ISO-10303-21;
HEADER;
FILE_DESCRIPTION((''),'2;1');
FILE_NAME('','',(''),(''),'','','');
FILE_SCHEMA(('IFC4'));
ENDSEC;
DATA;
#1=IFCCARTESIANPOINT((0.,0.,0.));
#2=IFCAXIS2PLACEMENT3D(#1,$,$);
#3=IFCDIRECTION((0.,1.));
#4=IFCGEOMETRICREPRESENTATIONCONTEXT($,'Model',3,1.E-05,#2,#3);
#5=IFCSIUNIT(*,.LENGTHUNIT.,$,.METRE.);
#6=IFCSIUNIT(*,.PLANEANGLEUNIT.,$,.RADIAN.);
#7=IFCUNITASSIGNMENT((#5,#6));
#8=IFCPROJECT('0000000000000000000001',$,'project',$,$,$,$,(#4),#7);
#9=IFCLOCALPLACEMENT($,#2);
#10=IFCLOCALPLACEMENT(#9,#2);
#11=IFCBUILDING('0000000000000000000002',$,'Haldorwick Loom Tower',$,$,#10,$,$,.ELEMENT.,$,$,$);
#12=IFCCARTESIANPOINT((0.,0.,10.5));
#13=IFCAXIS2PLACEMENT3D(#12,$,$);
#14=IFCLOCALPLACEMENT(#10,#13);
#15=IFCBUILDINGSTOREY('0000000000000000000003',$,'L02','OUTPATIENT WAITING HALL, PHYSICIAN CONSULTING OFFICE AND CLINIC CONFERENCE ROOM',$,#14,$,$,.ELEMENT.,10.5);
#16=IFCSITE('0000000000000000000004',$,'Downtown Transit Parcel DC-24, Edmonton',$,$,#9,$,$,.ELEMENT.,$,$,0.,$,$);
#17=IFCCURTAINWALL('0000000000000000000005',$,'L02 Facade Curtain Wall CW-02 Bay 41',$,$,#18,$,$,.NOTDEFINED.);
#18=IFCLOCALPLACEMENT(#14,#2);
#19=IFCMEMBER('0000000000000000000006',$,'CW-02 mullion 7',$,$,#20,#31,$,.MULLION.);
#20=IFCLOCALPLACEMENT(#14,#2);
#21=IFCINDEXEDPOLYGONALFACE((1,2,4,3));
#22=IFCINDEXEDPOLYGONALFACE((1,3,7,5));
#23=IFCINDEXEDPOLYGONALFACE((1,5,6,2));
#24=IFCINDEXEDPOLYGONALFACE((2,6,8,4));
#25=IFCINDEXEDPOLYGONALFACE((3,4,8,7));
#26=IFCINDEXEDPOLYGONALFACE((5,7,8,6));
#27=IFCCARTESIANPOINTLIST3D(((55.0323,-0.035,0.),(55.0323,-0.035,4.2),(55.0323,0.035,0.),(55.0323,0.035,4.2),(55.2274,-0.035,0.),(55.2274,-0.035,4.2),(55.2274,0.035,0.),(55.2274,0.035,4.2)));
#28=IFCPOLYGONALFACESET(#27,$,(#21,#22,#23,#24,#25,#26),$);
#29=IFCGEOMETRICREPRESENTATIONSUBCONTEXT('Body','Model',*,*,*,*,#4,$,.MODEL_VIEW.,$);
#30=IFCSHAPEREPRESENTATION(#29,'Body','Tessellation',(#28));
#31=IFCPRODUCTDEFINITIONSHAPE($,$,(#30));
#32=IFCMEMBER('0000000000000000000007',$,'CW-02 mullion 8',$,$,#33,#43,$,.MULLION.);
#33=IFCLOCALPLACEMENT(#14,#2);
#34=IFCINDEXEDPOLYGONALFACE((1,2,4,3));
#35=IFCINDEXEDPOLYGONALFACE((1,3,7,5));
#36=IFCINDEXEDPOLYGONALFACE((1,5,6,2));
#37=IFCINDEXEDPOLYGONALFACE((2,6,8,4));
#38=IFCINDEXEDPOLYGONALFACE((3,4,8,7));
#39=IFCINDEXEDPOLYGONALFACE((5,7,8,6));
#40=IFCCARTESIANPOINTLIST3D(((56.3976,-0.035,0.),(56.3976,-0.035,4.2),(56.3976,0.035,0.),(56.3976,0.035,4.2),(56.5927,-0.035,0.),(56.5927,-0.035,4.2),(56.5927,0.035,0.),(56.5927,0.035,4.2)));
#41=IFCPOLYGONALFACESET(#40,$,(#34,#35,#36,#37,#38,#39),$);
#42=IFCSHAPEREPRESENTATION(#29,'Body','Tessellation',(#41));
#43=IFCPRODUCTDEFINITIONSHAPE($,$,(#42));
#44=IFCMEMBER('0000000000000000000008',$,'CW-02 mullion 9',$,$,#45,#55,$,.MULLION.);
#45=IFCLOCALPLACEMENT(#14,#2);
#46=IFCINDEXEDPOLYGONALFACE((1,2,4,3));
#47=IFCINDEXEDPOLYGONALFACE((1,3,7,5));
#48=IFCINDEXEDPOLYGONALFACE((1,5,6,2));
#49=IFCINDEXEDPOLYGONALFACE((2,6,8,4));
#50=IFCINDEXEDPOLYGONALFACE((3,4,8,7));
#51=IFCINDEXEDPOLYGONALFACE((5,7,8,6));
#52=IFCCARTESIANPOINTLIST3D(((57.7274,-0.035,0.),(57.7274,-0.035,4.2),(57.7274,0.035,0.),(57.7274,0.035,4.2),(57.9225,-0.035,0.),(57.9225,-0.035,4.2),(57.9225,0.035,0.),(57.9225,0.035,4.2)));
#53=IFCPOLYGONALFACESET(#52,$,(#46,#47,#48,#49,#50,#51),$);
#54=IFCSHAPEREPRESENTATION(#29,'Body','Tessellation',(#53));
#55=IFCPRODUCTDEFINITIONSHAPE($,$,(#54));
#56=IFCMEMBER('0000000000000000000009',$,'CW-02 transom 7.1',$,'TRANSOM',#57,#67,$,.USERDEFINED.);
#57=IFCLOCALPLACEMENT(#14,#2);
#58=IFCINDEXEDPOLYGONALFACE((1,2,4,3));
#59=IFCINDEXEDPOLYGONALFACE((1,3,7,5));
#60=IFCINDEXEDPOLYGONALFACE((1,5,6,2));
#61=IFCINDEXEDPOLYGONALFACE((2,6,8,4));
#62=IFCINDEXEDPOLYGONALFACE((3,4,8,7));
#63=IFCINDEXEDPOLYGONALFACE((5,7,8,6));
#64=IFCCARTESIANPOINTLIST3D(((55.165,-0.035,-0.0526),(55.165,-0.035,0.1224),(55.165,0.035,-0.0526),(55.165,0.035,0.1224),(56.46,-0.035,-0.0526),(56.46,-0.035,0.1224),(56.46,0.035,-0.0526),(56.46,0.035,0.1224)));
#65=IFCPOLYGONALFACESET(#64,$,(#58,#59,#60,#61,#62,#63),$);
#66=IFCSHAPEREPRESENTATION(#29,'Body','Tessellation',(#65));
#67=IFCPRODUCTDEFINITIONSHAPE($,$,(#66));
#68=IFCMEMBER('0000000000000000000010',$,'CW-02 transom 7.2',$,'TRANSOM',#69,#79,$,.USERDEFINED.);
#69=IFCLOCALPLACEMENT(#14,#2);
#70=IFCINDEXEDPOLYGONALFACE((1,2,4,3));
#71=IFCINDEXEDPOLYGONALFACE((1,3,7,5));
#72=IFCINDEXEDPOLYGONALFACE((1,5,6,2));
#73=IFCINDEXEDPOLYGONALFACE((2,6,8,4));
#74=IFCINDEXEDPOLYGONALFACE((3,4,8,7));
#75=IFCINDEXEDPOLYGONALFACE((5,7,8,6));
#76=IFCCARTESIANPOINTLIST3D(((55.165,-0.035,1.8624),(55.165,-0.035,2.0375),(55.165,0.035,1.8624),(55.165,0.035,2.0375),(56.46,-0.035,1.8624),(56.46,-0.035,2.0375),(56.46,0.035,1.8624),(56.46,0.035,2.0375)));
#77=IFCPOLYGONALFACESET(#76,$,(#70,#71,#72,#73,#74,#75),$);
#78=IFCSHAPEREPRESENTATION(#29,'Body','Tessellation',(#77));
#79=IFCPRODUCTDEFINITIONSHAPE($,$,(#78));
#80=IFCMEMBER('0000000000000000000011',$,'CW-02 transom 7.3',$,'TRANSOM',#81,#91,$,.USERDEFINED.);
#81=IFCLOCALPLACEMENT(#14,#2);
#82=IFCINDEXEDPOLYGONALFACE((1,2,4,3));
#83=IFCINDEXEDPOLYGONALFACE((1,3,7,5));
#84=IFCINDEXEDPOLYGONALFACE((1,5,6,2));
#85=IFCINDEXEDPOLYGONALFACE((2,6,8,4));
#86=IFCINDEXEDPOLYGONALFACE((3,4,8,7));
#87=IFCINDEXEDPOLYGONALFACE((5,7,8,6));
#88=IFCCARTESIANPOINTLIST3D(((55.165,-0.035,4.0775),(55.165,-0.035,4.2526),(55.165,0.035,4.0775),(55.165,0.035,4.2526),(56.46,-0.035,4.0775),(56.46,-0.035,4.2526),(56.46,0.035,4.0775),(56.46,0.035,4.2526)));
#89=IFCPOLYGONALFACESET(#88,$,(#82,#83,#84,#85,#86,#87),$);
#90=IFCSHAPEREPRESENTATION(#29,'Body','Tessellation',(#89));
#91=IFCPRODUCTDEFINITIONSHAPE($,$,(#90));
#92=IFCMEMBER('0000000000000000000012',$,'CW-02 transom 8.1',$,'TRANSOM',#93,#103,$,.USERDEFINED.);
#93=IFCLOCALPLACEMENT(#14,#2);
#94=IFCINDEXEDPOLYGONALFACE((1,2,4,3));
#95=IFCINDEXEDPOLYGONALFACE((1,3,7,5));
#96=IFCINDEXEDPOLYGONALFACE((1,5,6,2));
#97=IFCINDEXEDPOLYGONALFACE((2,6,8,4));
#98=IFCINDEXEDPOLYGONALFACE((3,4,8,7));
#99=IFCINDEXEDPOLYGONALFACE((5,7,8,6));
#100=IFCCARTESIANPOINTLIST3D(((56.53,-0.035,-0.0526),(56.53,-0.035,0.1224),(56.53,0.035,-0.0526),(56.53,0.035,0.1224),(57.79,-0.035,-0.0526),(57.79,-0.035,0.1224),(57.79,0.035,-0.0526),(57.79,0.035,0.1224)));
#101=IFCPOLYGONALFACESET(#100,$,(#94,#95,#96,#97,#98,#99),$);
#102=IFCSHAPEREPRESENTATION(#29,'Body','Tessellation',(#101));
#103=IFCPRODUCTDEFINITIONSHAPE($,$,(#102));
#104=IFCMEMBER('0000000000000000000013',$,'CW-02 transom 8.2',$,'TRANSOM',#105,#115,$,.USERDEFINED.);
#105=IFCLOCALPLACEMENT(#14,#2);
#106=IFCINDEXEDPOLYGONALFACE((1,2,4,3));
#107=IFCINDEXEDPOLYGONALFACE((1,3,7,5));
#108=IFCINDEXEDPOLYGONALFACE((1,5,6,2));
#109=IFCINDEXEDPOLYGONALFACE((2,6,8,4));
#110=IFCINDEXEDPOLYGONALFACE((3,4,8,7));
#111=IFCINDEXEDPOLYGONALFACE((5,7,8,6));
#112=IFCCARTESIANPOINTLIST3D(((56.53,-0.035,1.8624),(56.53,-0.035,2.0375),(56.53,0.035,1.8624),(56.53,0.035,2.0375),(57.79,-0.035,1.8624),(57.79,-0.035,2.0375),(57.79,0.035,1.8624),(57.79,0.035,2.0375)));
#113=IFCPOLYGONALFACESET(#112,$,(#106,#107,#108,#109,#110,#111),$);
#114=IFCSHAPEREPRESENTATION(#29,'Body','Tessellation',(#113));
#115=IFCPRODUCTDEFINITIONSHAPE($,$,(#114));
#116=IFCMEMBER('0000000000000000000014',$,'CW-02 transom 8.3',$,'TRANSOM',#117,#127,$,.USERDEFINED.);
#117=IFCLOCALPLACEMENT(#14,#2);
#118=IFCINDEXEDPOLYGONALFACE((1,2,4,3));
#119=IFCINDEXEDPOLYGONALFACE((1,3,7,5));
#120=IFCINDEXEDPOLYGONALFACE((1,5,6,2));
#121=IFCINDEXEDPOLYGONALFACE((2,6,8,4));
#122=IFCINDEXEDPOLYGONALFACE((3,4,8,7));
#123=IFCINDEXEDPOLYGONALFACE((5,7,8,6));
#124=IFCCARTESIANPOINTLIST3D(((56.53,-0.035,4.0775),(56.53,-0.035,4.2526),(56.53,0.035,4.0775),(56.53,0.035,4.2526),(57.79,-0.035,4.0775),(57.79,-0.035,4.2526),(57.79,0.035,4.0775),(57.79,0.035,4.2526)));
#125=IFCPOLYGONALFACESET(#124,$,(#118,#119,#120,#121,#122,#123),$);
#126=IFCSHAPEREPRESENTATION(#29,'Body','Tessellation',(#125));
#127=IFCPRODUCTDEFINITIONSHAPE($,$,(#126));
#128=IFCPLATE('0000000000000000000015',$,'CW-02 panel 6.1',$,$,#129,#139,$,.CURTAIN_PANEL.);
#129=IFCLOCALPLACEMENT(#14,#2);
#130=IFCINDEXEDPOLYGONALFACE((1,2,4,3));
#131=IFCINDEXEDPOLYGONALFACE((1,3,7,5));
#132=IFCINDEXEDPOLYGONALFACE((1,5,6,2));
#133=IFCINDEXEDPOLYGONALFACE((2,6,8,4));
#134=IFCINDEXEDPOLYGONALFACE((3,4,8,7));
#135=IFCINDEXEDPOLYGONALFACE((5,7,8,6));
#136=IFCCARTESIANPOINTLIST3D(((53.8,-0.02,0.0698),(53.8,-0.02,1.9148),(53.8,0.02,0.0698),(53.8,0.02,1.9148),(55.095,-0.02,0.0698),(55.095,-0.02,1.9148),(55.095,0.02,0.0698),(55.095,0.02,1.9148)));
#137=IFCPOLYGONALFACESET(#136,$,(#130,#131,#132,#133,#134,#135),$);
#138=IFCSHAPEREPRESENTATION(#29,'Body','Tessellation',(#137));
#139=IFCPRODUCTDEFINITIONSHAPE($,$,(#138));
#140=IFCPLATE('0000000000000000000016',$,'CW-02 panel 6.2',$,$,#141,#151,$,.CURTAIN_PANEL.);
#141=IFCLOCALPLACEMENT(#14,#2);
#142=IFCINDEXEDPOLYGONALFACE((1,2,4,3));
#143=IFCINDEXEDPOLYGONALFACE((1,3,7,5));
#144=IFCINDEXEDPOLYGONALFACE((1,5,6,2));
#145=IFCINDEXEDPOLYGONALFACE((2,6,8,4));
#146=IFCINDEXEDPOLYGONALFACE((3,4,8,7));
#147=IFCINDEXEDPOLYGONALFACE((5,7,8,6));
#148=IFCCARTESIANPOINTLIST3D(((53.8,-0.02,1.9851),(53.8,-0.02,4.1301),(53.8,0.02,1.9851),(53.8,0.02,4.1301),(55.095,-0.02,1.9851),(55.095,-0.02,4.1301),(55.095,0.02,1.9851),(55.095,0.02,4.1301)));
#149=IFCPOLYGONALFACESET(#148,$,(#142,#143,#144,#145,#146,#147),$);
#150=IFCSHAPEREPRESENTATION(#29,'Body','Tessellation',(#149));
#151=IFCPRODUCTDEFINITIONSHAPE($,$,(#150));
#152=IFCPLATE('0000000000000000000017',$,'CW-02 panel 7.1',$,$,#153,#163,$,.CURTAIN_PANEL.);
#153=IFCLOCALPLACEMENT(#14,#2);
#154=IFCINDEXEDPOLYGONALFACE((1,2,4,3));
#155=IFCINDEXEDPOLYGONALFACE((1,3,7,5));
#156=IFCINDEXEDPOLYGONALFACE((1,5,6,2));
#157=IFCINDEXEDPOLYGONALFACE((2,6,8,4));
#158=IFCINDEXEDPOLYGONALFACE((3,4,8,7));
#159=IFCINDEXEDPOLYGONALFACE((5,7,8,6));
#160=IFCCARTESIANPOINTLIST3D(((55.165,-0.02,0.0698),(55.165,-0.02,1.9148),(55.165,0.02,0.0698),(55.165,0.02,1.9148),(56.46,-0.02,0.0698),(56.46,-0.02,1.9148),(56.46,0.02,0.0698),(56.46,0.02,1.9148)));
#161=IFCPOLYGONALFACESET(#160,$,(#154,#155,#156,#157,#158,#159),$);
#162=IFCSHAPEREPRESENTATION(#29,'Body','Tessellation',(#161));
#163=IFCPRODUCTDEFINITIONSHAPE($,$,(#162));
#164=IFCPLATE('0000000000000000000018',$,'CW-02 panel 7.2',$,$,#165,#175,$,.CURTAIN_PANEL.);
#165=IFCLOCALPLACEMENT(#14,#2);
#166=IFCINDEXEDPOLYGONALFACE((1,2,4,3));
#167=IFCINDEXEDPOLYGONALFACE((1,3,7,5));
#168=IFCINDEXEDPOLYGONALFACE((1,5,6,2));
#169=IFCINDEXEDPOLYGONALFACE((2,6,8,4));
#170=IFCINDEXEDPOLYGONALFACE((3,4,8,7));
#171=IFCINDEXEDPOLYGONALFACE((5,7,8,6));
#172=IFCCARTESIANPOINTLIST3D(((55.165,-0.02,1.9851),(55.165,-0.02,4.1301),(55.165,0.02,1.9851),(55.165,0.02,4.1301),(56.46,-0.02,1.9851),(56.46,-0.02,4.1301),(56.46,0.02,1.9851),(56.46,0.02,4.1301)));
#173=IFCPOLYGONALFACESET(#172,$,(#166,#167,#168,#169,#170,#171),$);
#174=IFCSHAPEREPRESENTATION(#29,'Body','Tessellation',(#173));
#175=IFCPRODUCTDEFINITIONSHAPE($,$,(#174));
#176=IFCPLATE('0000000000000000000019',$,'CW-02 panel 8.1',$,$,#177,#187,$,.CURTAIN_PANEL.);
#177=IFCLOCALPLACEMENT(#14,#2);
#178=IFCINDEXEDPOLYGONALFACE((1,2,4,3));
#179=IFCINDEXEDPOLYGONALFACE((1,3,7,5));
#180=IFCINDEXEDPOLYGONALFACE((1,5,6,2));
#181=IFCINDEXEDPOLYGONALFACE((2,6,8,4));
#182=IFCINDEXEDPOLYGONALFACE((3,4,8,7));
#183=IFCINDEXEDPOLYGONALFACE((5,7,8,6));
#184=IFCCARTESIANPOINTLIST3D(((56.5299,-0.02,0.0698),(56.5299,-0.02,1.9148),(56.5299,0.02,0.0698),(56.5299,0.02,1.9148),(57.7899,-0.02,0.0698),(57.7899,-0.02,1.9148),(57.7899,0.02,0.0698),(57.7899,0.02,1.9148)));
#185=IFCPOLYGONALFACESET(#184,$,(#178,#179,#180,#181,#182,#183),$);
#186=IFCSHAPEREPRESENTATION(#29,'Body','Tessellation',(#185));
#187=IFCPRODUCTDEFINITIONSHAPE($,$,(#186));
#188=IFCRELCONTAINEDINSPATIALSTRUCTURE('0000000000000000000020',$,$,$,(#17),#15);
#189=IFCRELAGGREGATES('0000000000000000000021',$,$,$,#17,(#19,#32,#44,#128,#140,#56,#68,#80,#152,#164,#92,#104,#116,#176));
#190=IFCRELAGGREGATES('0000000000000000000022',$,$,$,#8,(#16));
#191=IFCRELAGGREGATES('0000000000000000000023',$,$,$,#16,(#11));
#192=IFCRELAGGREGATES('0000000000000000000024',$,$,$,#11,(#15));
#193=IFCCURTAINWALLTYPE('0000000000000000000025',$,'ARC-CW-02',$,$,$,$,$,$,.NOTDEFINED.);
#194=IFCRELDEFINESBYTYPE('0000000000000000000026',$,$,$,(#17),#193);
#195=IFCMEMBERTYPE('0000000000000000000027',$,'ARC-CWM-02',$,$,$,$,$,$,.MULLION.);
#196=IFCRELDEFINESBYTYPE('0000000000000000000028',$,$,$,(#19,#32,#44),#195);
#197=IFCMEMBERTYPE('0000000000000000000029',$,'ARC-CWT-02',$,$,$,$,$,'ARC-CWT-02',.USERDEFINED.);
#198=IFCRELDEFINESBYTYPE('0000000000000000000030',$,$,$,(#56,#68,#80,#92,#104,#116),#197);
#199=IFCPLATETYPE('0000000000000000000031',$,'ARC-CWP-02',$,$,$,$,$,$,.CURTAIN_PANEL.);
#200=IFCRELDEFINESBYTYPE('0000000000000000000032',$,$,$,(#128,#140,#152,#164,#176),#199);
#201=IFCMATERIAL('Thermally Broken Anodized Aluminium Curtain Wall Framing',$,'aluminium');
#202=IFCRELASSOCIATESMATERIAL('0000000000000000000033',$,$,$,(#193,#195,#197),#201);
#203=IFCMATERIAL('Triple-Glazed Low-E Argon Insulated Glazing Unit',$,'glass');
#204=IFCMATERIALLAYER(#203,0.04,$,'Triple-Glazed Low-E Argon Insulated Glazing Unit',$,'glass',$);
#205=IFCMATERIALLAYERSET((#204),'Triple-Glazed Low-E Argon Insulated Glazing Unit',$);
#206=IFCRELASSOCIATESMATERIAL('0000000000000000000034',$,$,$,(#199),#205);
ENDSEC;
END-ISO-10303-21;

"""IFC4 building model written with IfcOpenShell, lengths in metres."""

from ifc_helpers import new_model, si_unit, direction, frame, origin, origin_2d, place, context, subcontext, project, spatial, rectangle, extrude, material, layer, layer_set, material_profile, profile_set, type_object, element, aggregate, save


model = new_model("IFC4")

# Units and contexts
model_context = context("Model", 3, precision=1e-05, world=origin(), true_north=direction((0.0, 1.0)))
body_context = subcontext(model_context, "Body", "Model", "MODEL_VIEW")
ifc_project = project(units=[si_unit("LENGTHUNIT", "METRE"), si_unit("PLANEANGLEUNIT", "RADIAN")], contexts=[model_context])

# Site, building, storey
site_placement = place(None, origin())
site = spatial("IfcSite", under=ifc_project, at=site_placement, Name="Downtown Transit Parcel DC-24, Edmonton", CompositionType="ELEMENT", RefElevation=0.0)
building_placement = place(site_placement, origin())
building = spatial("IfcBuilding", under=site, at=building_placement, Name="Haldorwick Loom Tower", CompositionType="ELEMENT")
storey_placement = place(building_placement, frame((0.0, 0.0, 10.5)))
storey = spatial("IfcBuildingStorey", under=building, at=storey_placement, Name="L02", Description="OUTPATIENT WAITING HALL, PHYSICIAN CONSULTING OFFICE AND CLINIC CONFERENCE ROOM", CompositionType="ELEMENT", Elevation=10.5)

# Curtain wall, members, plates
ifc_material_1 = material(Name="Thermally Broken Anodized Aluminium Curtain Wall Framing", Category="aluminium")
curtain_wall_type = type_object("IfcCurtainWallType", Name="ARC-CW-02", PredefinedType="NOTDEFINED", material=ifc_material_1)
curtain_wall_placement = place(storey_placement, origin())
curtain_wall = element("IfcCurtainWall", 1, at=curtain_wall_placement, inside=storey, type_object=curtain_wall_type, Name="L02 Facade Curtain Wall CW-02 Bay 41", PredefinedType="NOTDEFINED")
ifc_material_profile_1 = material_profile(ifc_material_1, rectangle(XDim=0.0701, YDim=0.1951, at=origin_2d()), Name="ALU_MUL_70X195", Category="aluminium")
ifc_profile_set_1 = profile_set([ifc_material_profile_1], Name="Thermally Broken Anodized Aluminium Curtain Wall Framing")
member_type_1 = type_object("IfcMemberType", Name="ARC-CWM-02", PredefinedType="MULLION", material=ifc_profile_set_1)
member_1_placement = place(storey_placement, frame((55.1299, 0.0, 0.0), z_axis=(0.0, 0.0, 1.0), x_axis=(0.0, 1.0, 0.0)))
member_1 = element("IfcMember", 2, at=member_1_placement, type_object=member_type_1, Name="CW-02 mullion 7", PredefinedType="MULLION", context=body_context, shape_type="SweptSolid", body=[
    extrude(rectangle(XDim=0.0701, YDim=0.1951, at=origin_2d()), origin(), (0.0, 0.0, 1.0), 4.2),
])
member_2_placement = place(storey_placement, frame((56.4951, 0.0, 0.0), z_axis=(0.0, 0.0, 1.0), x_axis=(0.0, 1.0, 0.0)))
member_2 = element("IfcMember", 3, at=member_2_placement, type_object=member_type_1, Name="CW-02 mullion 8", PredefinedType="MULLION", context=body_context, shape_type="SweptSolid", body=[
    extrude(rectangle(XDim=0.0701, YDim=0.1951, at=origin_2d()), origin(), (0.0, 0.0, 1.0), 4.2),
])
member_3_placement = place(storey_placement, frame((57.825, 0.0, 0.0), z_axis=(0.0, 0.0, 1.0), x_axis=(0.0, 1.0, 0.0)))
member_3 = element("IfcMember", 4, at=member_3_placement, type_object=member_type_1, Name="CW-02 mullion 9", PredefinedType="MULLION", context=body_context, shape_type="SweptSolid", body=[
    extrude(rectangle(XDim=0.0701, YDim=0.1951, at=origin_2d()), origin(), (0.0, 0.0, 1.0), 4.2),
])
ifc_material_profile_2 = material_profile(ifc_material_1, rectangle(XDim=0.0701, YDim=0.175, at=origin_2d()), Name="ALU_TRN_70X175", Category="aluminium")
ifc_profile_set_2 = profile_set([ifc_material_profile_2], Name="Thermally Broken Anodized Aluminium Curtain Wall Framing")
member_type_2 = type_object("IfcMemberType", Name="ARC-CWT-02", ElementType="ARC-CWT-02", PredefinedType="USERDEFINED", material=ifc_profile_set_2)
member_4_placement = place(storey_placement, frame((55.165, 0.0, 0.0349), z_axis=(1.0, 0.0, 0.0), x_axis=(0.0, 1.0, 0.0)))
member_4 = element("IfcMember", 5, at=member_4_placement, type_object=member_type_2, Name="CW-02 transom 7.1", ObjectType="TRANSOM", PredefinedType="USERDEFINED", context=body_context, shape_type="SweptSolid", body=[
    extrude(rectangle(XDim=0.0701, YDim=0.175, at=origin_2d()), origin(), (0.0, 0.0, 1.0), 1.2949),
])
member_5_placement = place(storey_placement, frame((55.165, 0.0, 1.95), z_axis=(1.0, 0.0, 0.0), x_axis=(0.0, 1.0, 0.0)))
member_5 = element("IfcMember", 6, at=member_5_placement, type_object=member_type_2, Name="CW-02 transom 7.2", ObjectType="TRANSOM", PredefinedType="USERDEFINED", context=body_context, shape_type="SweptSolid", body=[
    extrude(rectangle(XDim=0.0701, YDim=0.175, at=origin_2d()), origin(), (0.0, 0.0, 1.0), 1.2949),
])
member_6_placement = place(storey_placement, frame((55.165, 0.0, 4.165), z_axis=(1.0, 0.0, 0.0), x_axis=(0.0, 1.0, 0.0)))
member_6 = element("IfcMember", 7, at=member_6_placement, type_object=member_type_2, Name="CW-02 transom 7.3", ObjectType="TRANSOM", PredefinedType="USERDEFINED", context=body_context, shape_type="SweptSolid", body=[
    extrude(rectangle(XDim=0.0701, YDim=0.175, at=origin_2d()), origin(), (0.0, 0.0, 1.0), 1.2949),
])
member_7_placement = place(storey_placement, frame((56.53, 0.0, 0.0349), z_axis=(1.0, 0.0, 0.0), x_axis=(0.0, 1.0, 0.0)))
member_7 = element("IfcMember", 8, at=member_7_placement, type_object=member_type_2, Name="CW-02 transom 8.1", ObjectType="TRANSOM", PredefinedType="USERDEFINED", context=body_context, shape_type="SweptSolid", body=[
    extrude(rectangle(XDim=0.0701, YDim=0.175, at=origin_2d()), origin(), (0.0, 0.0, 1.0), 1.26),
])
member_8_placement = place(storey_placement, frame((56.53, 0.0, 1.95), z_axis=(1.0, 0.0, 0.0), x_axis=(0.0, 1.0, 0.0)))
member_8 = element("IfcMember", 9, at=member_8_placement, type_object=member_type_2, Name="CW-02 transom 8.2", ObjectType="TRANSOM", PredefinedType="USERDEFINED", context=body_context, shape_type="SweptSolid", body=[
    extrude(rectangle(XDim=0.0701, YDim=0.175, at=origin_2d()), origin(), (0.0, 0.0, 1.0), 1.26),
])
member_9_placement = place(storey_placement, frame((56.53, 0.0, 4.165), z_axis=(1.0, 0.0, 0.0), x_axis=(0.0, 1.0, 0.0)))
member_9 = element("IfcMember", 10, at=member_9_placement, type_object=member_type_2, Name="CW-02 transom 8.3", ObjectType="TRANSOM", PredefinedType="USERDEFINED", context=body_context, shape_type="SweptSolid", body=[
    extrude(rectangle(XDim=0.0701, YDim=0.175, at=origin_2d()), origin(), (0.0, 0.0, 1.0), 1.26),
])
ifc_material_2 = material(Name="Triple-Glazed Low-E Argon Insulated Glazing Unit", Category="glass")
ifc_layer_1 = layer(ifc_material_2, 0.04, Name="Triple-Glazed Low-E Argon Insulated Glazing Unit", Category="glass")
ifc_layer_set_1 = layer_set([ifc_layer_1], Name="Triple-Glazed Low-E Argon Insulated Glazing Unit")
plate_type = type_object("IfcPlateType", Name="ARC-CWP-02", PredefinedType="CURTAIN_PANEL", material=ifc_layer_set_1)
plate_1_placement = place(storey_placement, frame((54.4475, 0.0, 0.0698), z_axis=(0.0, 0.0, 1.0), x_axis=(1.0, 0.0, 0.0)))
plate_1 = element("IfcPlate", 11, at=plate_1_placement, type_object=plate_type, Name="CW-02 panel 6.1", PredefinedType="CURTAIN_PANEL", context=body_context, shape_type="SweptSolid", body=[
    extrude(rectangle(XDim=1.2949, YDim=0.04, at=origin_2d()), origin(), (0.0, 0.0, 1.0), 1.845),
])
plate_2_placement = place(storey_placement, frame((54.4475, 0.0, 1.9851), z_axis=(0.0, 0.0, 1.0), x_axis=(1.0, 0.0, 0.0)))
plate_2 = element("IfcPlate", 12, at=plate_2_placement, type_object=plate_type, Name="CW-02 panel 6.2", PredefinedType="CURTAIN_PANEL", context=body_context, shape_type="SweptSolid", body=[
    extrude(rectangle(XDim=1.2949, YDim=0.04, at=origin_2d()), origin(), (0.0, 0.0, 1.0), 2.145),
])
plate_3_placement = place(storey_placement, frame((55.8125, 0.0, 0.0698), z_axis=(0.0, 0.0, 1.0), x_axis=(1.0, 0.0, 0.0)))
plate_3 = element("IfcPlate", 13, at=plate_3_placement, type_object=plate_type, Name="CW-02 panel 7.1", PredefinedType="CURTAIN_PANEL", context=body_context, shape_type="SweptSolid", body=[
    extrude(rectangle(XDim=1.2949, YDim=0.04, at=origin_2d()), origin(), (0.0, 0.0, 1.0), 1.845),
])
plate_4_placement = place(storey_placement, frame((55.8125, 0.0, 1.9851), z_axis=(0.0, 0.0, 1.0), x_axis=(1.0, 0.0, 0.0)))
plate_4 = element("IfcPlate", 14, at=plate_4_placement, type_object=plate_type, Name="CW-02 panel 7.2", PredefinedType="CURTAIN_PANEL", context=body_context, shape_type="SweptSolid", body=[
    extrude(rectangle(XDim=1.2949, YDim=0.04, at=origin_2d()), origin(), (0.0, 0.0, 1.0), 2.145),
])
plate_5_placement = place(storey_placement, frame((57.1599, 0.0, 0.0698), z_axis=(0.0, 0.0, 1.0), x_axis=(1.0, 0.0, 0.0)))
plate_5 = element("IfcPlate", 15, at=plate_5_placement, type_object=plate_type, Name="CW-02 panel 8.1", PredefinedType="CURTAIN_PANEL", context=body_context, shape_type="SweptSolid", body=[
    extrude(rectangle(XDim=1.26, YDim=0.04, at=origin_2d()), origin(), (0.0, 0.0, 1.0), 1.845),
])
aggregate(curtain_wall, [member_1, member_2, member_3, plate_1, plate_2, member_4, member_5, member_6, plate_3, plate_4, member_7, member_8, member_9, plate_5])

save(model, "model.ifc")
